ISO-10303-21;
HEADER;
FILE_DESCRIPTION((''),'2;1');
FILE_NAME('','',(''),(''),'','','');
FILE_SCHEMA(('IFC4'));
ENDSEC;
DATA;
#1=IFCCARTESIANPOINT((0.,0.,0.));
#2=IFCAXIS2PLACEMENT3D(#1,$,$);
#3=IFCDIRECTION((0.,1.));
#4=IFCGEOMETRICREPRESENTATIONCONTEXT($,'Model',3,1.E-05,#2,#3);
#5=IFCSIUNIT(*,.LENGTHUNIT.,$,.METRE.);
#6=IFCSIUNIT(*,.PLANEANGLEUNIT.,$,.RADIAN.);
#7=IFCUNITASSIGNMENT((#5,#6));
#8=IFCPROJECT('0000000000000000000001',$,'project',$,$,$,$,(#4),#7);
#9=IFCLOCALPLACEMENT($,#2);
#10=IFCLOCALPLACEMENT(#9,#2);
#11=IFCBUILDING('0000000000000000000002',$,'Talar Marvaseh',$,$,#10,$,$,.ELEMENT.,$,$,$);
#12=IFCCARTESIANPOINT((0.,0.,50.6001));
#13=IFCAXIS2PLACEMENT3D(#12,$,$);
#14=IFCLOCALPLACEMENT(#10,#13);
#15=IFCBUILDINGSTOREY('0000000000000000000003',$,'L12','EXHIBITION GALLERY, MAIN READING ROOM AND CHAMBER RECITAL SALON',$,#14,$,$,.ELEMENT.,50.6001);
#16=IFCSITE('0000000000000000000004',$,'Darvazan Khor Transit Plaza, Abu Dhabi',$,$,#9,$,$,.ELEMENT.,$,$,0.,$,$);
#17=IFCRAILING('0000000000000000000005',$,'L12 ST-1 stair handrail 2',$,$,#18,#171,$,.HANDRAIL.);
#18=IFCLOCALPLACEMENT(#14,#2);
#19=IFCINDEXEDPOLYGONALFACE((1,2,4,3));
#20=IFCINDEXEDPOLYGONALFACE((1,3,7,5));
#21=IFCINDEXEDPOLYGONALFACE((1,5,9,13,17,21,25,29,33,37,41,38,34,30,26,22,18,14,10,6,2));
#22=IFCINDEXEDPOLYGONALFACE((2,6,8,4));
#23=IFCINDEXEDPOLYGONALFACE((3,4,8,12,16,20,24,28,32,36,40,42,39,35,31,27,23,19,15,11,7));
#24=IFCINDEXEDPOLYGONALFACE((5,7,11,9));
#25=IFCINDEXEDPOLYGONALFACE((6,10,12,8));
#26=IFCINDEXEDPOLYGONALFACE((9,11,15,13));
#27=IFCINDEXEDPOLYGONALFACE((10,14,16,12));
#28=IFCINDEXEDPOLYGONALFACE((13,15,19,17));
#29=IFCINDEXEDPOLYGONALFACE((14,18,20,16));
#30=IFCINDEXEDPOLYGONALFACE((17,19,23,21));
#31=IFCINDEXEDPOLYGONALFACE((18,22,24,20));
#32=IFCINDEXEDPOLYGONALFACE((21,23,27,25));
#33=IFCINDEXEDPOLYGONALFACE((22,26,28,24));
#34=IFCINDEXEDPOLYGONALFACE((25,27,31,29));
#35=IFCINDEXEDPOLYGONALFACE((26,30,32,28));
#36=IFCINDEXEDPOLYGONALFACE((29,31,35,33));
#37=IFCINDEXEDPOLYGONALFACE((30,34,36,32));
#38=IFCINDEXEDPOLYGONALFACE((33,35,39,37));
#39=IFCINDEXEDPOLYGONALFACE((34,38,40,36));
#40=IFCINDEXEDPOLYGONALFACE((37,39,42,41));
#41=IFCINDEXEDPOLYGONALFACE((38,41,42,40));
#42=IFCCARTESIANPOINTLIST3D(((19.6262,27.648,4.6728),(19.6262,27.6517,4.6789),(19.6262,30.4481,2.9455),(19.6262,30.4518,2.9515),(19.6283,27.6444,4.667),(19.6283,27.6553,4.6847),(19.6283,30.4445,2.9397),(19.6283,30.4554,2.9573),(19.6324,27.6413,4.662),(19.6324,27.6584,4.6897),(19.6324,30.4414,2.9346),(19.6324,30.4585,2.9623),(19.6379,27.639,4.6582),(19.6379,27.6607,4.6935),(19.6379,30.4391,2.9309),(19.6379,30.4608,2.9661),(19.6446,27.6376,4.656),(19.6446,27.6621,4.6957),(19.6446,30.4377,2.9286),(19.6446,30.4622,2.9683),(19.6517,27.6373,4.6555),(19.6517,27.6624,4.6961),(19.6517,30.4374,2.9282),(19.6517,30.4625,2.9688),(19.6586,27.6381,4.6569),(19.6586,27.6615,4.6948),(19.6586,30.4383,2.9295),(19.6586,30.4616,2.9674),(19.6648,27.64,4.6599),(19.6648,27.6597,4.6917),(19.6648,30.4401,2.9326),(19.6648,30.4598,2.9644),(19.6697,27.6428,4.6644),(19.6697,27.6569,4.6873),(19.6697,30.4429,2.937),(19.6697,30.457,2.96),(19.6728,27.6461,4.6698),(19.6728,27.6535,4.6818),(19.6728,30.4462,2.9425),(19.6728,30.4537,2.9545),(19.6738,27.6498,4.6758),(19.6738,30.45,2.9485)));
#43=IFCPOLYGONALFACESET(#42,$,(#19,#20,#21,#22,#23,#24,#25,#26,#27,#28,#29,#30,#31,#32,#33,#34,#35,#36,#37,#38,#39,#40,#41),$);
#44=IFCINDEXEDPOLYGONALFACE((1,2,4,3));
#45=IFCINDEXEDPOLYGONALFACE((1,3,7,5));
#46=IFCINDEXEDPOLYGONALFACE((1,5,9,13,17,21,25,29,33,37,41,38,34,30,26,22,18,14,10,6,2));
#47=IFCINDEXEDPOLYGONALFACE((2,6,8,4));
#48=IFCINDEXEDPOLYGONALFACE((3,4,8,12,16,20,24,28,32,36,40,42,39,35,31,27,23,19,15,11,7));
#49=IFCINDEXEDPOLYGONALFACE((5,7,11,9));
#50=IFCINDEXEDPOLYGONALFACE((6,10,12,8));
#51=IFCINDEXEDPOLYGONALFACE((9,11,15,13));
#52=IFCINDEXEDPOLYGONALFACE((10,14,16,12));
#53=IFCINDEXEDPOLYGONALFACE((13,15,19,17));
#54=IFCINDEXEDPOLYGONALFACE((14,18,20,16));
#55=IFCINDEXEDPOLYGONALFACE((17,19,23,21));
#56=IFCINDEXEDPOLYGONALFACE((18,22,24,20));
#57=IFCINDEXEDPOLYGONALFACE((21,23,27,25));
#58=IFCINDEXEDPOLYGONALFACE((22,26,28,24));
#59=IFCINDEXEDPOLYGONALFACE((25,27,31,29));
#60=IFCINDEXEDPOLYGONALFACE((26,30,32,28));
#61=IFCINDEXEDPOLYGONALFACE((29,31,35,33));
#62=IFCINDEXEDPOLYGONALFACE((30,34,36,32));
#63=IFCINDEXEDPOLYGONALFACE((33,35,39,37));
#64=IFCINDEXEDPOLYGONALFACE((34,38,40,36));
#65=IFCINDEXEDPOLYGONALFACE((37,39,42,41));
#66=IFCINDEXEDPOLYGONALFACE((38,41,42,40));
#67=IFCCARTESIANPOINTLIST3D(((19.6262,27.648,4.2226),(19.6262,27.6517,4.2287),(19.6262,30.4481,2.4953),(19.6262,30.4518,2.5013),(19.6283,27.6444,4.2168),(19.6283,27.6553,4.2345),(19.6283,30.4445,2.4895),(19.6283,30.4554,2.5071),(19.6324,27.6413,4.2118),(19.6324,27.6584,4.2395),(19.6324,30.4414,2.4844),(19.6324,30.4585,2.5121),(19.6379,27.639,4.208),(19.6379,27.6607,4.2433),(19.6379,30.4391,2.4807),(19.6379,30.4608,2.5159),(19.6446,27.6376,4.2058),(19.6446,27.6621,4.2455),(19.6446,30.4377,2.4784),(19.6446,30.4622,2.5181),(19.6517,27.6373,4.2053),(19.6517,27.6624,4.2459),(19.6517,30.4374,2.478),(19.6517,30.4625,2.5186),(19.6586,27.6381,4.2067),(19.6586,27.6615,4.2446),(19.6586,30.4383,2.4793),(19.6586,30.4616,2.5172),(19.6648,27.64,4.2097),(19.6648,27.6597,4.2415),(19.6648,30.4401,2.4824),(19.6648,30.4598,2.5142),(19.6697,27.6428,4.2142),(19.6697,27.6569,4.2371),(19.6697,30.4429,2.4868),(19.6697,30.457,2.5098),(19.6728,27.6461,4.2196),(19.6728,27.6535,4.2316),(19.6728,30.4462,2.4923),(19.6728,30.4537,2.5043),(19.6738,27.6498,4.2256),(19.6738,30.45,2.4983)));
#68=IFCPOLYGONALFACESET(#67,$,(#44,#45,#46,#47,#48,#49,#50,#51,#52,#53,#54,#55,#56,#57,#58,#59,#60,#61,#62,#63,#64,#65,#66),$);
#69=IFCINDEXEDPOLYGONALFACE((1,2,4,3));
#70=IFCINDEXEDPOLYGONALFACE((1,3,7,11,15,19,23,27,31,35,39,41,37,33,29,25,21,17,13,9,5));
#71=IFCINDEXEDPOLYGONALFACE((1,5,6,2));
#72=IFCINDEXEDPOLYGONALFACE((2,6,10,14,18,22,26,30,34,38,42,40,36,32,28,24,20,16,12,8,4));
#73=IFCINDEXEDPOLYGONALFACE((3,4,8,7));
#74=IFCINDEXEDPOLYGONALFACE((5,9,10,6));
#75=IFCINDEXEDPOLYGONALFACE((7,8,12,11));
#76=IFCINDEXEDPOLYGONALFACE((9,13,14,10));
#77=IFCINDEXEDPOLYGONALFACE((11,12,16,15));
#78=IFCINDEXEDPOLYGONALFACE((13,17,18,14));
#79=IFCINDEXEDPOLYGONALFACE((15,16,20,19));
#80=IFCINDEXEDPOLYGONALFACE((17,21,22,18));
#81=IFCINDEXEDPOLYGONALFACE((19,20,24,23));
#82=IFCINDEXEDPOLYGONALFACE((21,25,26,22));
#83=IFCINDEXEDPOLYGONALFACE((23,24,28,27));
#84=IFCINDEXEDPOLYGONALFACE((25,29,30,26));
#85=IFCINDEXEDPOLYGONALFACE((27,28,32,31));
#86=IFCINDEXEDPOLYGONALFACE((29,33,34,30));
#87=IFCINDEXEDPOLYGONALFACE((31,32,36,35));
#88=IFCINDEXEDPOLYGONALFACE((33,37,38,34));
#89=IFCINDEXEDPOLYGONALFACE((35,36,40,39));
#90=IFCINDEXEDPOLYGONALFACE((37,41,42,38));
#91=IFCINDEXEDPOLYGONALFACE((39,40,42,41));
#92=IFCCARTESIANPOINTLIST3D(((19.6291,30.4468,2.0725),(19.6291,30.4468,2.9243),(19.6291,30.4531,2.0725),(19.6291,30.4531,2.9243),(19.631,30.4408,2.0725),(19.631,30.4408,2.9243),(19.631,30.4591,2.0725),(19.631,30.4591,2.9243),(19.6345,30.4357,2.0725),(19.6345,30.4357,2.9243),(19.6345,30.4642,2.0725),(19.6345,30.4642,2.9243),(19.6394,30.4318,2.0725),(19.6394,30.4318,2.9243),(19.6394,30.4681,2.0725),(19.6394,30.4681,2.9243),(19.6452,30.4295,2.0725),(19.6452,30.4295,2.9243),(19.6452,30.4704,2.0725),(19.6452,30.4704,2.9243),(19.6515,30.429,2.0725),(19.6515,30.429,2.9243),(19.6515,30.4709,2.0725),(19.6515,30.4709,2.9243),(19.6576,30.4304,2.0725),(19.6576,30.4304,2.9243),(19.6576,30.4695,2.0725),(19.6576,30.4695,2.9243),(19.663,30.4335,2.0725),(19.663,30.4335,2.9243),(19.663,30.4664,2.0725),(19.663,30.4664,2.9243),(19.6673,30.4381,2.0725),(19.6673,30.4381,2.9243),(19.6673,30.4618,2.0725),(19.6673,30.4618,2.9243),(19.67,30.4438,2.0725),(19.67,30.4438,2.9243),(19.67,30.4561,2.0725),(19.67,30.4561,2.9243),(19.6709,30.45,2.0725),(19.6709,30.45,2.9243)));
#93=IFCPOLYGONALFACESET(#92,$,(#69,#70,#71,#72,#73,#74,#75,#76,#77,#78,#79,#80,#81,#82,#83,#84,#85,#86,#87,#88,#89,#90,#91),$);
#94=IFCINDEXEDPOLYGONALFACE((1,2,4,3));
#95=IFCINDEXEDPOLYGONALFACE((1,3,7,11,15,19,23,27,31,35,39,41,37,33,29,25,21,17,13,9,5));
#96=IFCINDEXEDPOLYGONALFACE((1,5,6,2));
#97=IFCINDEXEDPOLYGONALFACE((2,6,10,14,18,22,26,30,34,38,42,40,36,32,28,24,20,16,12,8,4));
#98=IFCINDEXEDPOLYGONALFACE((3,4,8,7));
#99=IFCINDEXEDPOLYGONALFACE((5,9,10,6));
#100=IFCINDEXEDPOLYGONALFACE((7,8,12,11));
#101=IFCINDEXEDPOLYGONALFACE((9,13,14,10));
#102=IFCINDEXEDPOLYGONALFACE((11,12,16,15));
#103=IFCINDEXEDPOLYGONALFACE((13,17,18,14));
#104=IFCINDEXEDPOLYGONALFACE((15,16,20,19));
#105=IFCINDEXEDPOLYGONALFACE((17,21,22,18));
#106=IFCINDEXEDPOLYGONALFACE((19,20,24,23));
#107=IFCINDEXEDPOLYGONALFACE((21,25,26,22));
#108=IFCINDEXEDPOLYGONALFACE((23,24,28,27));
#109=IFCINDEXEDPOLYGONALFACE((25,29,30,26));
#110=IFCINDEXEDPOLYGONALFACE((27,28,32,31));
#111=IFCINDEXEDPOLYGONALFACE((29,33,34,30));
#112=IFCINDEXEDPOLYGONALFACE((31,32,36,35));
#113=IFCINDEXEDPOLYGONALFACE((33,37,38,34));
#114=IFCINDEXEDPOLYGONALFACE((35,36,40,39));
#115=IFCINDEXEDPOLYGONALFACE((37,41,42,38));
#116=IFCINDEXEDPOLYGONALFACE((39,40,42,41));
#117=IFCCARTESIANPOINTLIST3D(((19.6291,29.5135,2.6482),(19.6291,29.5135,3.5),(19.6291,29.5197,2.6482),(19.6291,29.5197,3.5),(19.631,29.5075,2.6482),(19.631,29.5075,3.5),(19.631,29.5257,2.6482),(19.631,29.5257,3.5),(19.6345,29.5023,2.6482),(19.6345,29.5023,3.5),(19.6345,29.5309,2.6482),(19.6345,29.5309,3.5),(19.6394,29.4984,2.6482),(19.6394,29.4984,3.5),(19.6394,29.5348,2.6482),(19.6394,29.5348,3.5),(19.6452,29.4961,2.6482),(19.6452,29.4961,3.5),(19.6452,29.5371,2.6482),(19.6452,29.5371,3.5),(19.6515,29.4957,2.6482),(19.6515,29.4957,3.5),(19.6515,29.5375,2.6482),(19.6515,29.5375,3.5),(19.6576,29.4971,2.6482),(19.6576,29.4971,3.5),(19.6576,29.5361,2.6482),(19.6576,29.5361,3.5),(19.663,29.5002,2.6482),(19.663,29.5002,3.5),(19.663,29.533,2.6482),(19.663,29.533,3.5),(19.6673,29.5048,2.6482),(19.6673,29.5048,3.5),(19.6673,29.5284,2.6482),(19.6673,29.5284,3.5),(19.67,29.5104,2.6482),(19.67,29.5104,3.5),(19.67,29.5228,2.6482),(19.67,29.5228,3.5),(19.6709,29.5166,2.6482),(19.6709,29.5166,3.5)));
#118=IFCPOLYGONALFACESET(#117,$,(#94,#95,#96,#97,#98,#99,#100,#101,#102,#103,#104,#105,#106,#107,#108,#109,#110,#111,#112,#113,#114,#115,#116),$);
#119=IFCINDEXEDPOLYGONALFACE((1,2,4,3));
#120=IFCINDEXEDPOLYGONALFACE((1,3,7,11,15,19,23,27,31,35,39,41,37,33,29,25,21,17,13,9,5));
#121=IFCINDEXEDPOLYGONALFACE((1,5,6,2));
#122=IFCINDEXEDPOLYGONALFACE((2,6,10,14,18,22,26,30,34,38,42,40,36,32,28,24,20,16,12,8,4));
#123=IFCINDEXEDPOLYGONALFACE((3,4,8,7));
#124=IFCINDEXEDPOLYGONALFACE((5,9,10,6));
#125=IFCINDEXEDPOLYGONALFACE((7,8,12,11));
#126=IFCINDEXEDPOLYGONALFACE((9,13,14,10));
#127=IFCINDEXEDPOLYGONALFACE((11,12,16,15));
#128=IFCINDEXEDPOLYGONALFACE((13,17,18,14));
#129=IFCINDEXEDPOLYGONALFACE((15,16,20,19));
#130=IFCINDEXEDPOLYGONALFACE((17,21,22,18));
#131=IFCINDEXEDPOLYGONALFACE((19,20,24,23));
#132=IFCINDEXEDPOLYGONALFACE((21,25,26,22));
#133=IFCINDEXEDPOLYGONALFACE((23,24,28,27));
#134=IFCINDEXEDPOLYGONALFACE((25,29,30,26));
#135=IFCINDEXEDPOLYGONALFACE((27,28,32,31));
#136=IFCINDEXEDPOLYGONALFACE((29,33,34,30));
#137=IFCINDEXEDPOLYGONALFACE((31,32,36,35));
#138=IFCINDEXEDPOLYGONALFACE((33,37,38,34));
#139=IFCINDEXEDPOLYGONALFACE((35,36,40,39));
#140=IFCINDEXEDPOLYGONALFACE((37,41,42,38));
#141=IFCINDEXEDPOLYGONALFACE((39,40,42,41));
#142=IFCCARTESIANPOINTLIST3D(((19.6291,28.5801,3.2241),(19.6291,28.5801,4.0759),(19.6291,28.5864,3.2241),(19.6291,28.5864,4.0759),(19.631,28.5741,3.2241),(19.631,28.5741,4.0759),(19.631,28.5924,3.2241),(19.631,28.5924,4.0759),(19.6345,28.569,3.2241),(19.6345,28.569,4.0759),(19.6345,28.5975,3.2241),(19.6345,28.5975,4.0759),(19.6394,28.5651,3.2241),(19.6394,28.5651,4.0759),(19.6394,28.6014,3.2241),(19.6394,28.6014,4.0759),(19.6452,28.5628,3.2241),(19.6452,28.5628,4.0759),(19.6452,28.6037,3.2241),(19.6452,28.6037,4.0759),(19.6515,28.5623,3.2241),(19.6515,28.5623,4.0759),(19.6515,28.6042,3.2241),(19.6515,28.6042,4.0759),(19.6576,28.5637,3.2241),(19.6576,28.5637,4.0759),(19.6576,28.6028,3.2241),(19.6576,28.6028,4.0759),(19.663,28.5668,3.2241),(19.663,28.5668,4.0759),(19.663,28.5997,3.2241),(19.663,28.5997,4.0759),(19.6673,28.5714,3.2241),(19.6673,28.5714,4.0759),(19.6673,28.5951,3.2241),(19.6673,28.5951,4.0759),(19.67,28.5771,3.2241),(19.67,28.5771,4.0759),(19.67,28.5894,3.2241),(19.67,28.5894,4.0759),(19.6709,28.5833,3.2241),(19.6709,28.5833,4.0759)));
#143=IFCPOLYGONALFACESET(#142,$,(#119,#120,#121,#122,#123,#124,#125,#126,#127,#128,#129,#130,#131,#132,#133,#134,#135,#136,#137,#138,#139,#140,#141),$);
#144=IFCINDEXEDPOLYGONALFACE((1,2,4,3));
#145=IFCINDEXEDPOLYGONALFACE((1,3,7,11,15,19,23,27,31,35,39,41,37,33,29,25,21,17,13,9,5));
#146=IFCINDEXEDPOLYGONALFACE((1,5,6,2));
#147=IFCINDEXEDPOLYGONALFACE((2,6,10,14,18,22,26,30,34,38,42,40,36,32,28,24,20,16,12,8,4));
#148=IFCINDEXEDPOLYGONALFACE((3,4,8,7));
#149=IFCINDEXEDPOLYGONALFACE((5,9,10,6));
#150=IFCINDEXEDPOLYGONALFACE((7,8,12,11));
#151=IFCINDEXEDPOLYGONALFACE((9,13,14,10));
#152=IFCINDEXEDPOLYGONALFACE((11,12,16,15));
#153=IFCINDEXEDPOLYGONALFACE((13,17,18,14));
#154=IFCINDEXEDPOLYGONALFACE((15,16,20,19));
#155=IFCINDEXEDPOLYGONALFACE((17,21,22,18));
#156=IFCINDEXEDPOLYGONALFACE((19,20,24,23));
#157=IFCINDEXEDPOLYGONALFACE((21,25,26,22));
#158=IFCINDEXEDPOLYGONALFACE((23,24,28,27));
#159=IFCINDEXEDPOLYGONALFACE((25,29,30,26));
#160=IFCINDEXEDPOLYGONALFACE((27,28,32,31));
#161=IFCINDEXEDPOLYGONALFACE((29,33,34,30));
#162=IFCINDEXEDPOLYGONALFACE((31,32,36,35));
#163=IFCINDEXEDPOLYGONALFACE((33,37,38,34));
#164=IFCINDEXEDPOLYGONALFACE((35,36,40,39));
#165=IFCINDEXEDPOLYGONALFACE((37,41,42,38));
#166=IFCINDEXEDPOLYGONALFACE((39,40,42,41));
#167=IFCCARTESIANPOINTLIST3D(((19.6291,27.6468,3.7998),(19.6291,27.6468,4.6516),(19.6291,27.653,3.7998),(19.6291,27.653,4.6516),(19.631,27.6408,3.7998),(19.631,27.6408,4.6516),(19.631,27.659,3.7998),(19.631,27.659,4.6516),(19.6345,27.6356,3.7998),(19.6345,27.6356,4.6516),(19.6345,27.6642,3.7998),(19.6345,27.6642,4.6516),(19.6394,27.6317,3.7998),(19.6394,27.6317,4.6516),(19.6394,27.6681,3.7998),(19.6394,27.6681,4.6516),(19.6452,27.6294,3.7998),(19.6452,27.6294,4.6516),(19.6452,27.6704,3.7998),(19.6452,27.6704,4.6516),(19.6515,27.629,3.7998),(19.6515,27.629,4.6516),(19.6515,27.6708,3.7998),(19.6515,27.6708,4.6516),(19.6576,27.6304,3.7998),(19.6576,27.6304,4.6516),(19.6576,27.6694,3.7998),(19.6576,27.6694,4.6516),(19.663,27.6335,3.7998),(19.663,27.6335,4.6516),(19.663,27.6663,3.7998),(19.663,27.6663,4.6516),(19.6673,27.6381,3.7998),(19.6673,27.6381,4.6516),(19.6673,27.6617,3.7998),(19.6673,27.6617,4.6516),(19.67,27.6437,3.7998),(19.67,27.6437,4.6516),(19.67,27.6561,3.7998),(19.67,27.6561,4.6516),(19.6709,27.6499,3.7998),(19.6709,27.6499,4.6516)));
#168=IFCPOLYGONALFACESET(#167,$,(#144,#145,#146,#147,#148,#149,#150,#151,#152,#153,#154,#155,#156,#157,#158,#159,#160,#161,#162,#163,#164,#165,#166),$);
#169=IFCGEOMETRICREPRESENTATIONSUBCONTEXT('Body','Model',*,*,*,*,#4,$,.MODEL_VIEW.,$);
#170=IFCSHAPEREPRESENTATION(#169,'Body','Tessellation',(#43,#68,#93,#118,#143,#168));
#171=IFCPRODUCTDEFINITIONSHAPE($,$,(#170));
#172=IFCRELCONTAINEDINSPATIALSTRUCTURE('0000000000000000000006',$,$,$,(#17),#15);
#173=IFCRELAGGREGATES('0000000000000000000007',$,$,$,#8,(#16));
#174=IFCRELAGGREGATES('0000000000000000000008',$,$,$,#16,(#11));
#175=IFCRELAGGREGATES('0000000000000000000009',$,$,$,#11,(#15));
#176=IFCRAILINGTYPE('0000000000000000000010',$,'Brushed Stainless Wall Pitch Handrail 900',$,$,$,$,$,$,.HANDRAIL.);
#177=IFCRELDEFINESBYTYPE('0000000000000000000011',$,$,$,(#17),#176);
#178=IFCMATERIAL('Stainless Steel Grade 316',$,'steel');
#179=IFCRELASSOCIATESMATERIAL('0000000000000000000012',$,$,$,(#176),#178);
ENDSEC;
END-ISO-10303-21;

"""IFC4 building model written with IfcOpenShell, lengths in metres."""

from ifc_helpers import new_model, si_unit, direction, frame, origin, origin_2d, place, context, subcontext, project, spatial, circle, extrude, material, type_object, element, save


model = new_model("IFC4")

# Units and contexts
model_context = context("Model", 3, precision=1e-05, world=origin(), true_north=direction((0.0, 1.0)))
body_context = subcontext(model_context, "Body", "Model", "MODEL_VIEW")
ifc_project = project(units=[si_unit("LENGTHUNIT", "METRE"), si_unit("PLANEANGLEUNIT", "RADIAN")], contexts=[model_context])

# Site, building, storey
site_placement = place(None, origin())
site = spatial("IfcSite", under=ifc_project, at=site_placement, Name="Darvazan Khor Transit Plaza, Abu Dhabi", CompositionType="ELEMENT", RefElevation=0.0)
building_placement = place(site_placement, origin())
building = spatial("IfcBuilding", under=site, at=building_placement, Name="Talar Marvaseh", CompositionType="ELEMENT")
storey_placement = place(building_placement, frame((0.0, 0.0, 50.6001)))
storey = spatial("IfcBuildingStorey", under=building, at=storey_placement, Name="L12", Description="EXHIBITION GALLERY, MAIN READING ROOM AND CHAMBER RECITAL SALON", CompositionType="ELEMENT", Elevation=50.6001)

# Railing
ifc_material_1 = material(Name="Stainless Steel Grade 316", Category="steel")
railing_type_1 = type_object("IfcRailingType", Name="Brushed Stainless Wall Pitch Handrail 900", PredefinedType="HANDRAIL", material=ifc_material_1)
railing_1_placement = place(storey_placement, frame((19.6499, 30.45, 2.0725)))
element("IfcRailing", 1, at=railing_1_placement, inside=storey, type_object=railing_type_1, Name="L12 ST-1 stair handrail 2", PredefinedType="HANDRAIL", context=body_context, shape_type="SweptSolid", body=[
    extrude(circle(Radius=0.0239, at=origin_2d()), frame((0.0, 0.0, 0.876), z_axis=(0.0, -0.85109, 0.52502), x_axis=(1.0, 0.0, 0.0)), (0.0, 0.0, 1.0), 3.29),
    extrude(circle(Radius=0.0239, at=origin_2d()), frame((0.0, 0.0, 0.4258), z_axis=(0.0, -0.85109, 0.52502), x_axis=(1.0, 0.0, 0.0)), (0.0, 0.0, 1.0), 3.29),
    extrude(circle(Radius=0.021, at=origin_2d()), origin(), (0.0, 0.0, 1.0), 0.8518),
    extrude(circle(Radius=0.021, at=origin_2d()), frame((0.0, -0.9333, 0.5757)), (0.0, 0.0, 1.0), 0.8518),
    extrude(circle(Radius=0.021, at=origin_2d()), frame((0.0, -1.8667, 1.1516)), (0.0, 0.0, 1.0), 0.8518),
    extrude(circle(Radius=0.021, at=origin_2d()), frame((0.0, -2.8, 1.7273)), (0.0, 0.0, 1.0), 0.8518),
])

save(model, "model.ifc")
